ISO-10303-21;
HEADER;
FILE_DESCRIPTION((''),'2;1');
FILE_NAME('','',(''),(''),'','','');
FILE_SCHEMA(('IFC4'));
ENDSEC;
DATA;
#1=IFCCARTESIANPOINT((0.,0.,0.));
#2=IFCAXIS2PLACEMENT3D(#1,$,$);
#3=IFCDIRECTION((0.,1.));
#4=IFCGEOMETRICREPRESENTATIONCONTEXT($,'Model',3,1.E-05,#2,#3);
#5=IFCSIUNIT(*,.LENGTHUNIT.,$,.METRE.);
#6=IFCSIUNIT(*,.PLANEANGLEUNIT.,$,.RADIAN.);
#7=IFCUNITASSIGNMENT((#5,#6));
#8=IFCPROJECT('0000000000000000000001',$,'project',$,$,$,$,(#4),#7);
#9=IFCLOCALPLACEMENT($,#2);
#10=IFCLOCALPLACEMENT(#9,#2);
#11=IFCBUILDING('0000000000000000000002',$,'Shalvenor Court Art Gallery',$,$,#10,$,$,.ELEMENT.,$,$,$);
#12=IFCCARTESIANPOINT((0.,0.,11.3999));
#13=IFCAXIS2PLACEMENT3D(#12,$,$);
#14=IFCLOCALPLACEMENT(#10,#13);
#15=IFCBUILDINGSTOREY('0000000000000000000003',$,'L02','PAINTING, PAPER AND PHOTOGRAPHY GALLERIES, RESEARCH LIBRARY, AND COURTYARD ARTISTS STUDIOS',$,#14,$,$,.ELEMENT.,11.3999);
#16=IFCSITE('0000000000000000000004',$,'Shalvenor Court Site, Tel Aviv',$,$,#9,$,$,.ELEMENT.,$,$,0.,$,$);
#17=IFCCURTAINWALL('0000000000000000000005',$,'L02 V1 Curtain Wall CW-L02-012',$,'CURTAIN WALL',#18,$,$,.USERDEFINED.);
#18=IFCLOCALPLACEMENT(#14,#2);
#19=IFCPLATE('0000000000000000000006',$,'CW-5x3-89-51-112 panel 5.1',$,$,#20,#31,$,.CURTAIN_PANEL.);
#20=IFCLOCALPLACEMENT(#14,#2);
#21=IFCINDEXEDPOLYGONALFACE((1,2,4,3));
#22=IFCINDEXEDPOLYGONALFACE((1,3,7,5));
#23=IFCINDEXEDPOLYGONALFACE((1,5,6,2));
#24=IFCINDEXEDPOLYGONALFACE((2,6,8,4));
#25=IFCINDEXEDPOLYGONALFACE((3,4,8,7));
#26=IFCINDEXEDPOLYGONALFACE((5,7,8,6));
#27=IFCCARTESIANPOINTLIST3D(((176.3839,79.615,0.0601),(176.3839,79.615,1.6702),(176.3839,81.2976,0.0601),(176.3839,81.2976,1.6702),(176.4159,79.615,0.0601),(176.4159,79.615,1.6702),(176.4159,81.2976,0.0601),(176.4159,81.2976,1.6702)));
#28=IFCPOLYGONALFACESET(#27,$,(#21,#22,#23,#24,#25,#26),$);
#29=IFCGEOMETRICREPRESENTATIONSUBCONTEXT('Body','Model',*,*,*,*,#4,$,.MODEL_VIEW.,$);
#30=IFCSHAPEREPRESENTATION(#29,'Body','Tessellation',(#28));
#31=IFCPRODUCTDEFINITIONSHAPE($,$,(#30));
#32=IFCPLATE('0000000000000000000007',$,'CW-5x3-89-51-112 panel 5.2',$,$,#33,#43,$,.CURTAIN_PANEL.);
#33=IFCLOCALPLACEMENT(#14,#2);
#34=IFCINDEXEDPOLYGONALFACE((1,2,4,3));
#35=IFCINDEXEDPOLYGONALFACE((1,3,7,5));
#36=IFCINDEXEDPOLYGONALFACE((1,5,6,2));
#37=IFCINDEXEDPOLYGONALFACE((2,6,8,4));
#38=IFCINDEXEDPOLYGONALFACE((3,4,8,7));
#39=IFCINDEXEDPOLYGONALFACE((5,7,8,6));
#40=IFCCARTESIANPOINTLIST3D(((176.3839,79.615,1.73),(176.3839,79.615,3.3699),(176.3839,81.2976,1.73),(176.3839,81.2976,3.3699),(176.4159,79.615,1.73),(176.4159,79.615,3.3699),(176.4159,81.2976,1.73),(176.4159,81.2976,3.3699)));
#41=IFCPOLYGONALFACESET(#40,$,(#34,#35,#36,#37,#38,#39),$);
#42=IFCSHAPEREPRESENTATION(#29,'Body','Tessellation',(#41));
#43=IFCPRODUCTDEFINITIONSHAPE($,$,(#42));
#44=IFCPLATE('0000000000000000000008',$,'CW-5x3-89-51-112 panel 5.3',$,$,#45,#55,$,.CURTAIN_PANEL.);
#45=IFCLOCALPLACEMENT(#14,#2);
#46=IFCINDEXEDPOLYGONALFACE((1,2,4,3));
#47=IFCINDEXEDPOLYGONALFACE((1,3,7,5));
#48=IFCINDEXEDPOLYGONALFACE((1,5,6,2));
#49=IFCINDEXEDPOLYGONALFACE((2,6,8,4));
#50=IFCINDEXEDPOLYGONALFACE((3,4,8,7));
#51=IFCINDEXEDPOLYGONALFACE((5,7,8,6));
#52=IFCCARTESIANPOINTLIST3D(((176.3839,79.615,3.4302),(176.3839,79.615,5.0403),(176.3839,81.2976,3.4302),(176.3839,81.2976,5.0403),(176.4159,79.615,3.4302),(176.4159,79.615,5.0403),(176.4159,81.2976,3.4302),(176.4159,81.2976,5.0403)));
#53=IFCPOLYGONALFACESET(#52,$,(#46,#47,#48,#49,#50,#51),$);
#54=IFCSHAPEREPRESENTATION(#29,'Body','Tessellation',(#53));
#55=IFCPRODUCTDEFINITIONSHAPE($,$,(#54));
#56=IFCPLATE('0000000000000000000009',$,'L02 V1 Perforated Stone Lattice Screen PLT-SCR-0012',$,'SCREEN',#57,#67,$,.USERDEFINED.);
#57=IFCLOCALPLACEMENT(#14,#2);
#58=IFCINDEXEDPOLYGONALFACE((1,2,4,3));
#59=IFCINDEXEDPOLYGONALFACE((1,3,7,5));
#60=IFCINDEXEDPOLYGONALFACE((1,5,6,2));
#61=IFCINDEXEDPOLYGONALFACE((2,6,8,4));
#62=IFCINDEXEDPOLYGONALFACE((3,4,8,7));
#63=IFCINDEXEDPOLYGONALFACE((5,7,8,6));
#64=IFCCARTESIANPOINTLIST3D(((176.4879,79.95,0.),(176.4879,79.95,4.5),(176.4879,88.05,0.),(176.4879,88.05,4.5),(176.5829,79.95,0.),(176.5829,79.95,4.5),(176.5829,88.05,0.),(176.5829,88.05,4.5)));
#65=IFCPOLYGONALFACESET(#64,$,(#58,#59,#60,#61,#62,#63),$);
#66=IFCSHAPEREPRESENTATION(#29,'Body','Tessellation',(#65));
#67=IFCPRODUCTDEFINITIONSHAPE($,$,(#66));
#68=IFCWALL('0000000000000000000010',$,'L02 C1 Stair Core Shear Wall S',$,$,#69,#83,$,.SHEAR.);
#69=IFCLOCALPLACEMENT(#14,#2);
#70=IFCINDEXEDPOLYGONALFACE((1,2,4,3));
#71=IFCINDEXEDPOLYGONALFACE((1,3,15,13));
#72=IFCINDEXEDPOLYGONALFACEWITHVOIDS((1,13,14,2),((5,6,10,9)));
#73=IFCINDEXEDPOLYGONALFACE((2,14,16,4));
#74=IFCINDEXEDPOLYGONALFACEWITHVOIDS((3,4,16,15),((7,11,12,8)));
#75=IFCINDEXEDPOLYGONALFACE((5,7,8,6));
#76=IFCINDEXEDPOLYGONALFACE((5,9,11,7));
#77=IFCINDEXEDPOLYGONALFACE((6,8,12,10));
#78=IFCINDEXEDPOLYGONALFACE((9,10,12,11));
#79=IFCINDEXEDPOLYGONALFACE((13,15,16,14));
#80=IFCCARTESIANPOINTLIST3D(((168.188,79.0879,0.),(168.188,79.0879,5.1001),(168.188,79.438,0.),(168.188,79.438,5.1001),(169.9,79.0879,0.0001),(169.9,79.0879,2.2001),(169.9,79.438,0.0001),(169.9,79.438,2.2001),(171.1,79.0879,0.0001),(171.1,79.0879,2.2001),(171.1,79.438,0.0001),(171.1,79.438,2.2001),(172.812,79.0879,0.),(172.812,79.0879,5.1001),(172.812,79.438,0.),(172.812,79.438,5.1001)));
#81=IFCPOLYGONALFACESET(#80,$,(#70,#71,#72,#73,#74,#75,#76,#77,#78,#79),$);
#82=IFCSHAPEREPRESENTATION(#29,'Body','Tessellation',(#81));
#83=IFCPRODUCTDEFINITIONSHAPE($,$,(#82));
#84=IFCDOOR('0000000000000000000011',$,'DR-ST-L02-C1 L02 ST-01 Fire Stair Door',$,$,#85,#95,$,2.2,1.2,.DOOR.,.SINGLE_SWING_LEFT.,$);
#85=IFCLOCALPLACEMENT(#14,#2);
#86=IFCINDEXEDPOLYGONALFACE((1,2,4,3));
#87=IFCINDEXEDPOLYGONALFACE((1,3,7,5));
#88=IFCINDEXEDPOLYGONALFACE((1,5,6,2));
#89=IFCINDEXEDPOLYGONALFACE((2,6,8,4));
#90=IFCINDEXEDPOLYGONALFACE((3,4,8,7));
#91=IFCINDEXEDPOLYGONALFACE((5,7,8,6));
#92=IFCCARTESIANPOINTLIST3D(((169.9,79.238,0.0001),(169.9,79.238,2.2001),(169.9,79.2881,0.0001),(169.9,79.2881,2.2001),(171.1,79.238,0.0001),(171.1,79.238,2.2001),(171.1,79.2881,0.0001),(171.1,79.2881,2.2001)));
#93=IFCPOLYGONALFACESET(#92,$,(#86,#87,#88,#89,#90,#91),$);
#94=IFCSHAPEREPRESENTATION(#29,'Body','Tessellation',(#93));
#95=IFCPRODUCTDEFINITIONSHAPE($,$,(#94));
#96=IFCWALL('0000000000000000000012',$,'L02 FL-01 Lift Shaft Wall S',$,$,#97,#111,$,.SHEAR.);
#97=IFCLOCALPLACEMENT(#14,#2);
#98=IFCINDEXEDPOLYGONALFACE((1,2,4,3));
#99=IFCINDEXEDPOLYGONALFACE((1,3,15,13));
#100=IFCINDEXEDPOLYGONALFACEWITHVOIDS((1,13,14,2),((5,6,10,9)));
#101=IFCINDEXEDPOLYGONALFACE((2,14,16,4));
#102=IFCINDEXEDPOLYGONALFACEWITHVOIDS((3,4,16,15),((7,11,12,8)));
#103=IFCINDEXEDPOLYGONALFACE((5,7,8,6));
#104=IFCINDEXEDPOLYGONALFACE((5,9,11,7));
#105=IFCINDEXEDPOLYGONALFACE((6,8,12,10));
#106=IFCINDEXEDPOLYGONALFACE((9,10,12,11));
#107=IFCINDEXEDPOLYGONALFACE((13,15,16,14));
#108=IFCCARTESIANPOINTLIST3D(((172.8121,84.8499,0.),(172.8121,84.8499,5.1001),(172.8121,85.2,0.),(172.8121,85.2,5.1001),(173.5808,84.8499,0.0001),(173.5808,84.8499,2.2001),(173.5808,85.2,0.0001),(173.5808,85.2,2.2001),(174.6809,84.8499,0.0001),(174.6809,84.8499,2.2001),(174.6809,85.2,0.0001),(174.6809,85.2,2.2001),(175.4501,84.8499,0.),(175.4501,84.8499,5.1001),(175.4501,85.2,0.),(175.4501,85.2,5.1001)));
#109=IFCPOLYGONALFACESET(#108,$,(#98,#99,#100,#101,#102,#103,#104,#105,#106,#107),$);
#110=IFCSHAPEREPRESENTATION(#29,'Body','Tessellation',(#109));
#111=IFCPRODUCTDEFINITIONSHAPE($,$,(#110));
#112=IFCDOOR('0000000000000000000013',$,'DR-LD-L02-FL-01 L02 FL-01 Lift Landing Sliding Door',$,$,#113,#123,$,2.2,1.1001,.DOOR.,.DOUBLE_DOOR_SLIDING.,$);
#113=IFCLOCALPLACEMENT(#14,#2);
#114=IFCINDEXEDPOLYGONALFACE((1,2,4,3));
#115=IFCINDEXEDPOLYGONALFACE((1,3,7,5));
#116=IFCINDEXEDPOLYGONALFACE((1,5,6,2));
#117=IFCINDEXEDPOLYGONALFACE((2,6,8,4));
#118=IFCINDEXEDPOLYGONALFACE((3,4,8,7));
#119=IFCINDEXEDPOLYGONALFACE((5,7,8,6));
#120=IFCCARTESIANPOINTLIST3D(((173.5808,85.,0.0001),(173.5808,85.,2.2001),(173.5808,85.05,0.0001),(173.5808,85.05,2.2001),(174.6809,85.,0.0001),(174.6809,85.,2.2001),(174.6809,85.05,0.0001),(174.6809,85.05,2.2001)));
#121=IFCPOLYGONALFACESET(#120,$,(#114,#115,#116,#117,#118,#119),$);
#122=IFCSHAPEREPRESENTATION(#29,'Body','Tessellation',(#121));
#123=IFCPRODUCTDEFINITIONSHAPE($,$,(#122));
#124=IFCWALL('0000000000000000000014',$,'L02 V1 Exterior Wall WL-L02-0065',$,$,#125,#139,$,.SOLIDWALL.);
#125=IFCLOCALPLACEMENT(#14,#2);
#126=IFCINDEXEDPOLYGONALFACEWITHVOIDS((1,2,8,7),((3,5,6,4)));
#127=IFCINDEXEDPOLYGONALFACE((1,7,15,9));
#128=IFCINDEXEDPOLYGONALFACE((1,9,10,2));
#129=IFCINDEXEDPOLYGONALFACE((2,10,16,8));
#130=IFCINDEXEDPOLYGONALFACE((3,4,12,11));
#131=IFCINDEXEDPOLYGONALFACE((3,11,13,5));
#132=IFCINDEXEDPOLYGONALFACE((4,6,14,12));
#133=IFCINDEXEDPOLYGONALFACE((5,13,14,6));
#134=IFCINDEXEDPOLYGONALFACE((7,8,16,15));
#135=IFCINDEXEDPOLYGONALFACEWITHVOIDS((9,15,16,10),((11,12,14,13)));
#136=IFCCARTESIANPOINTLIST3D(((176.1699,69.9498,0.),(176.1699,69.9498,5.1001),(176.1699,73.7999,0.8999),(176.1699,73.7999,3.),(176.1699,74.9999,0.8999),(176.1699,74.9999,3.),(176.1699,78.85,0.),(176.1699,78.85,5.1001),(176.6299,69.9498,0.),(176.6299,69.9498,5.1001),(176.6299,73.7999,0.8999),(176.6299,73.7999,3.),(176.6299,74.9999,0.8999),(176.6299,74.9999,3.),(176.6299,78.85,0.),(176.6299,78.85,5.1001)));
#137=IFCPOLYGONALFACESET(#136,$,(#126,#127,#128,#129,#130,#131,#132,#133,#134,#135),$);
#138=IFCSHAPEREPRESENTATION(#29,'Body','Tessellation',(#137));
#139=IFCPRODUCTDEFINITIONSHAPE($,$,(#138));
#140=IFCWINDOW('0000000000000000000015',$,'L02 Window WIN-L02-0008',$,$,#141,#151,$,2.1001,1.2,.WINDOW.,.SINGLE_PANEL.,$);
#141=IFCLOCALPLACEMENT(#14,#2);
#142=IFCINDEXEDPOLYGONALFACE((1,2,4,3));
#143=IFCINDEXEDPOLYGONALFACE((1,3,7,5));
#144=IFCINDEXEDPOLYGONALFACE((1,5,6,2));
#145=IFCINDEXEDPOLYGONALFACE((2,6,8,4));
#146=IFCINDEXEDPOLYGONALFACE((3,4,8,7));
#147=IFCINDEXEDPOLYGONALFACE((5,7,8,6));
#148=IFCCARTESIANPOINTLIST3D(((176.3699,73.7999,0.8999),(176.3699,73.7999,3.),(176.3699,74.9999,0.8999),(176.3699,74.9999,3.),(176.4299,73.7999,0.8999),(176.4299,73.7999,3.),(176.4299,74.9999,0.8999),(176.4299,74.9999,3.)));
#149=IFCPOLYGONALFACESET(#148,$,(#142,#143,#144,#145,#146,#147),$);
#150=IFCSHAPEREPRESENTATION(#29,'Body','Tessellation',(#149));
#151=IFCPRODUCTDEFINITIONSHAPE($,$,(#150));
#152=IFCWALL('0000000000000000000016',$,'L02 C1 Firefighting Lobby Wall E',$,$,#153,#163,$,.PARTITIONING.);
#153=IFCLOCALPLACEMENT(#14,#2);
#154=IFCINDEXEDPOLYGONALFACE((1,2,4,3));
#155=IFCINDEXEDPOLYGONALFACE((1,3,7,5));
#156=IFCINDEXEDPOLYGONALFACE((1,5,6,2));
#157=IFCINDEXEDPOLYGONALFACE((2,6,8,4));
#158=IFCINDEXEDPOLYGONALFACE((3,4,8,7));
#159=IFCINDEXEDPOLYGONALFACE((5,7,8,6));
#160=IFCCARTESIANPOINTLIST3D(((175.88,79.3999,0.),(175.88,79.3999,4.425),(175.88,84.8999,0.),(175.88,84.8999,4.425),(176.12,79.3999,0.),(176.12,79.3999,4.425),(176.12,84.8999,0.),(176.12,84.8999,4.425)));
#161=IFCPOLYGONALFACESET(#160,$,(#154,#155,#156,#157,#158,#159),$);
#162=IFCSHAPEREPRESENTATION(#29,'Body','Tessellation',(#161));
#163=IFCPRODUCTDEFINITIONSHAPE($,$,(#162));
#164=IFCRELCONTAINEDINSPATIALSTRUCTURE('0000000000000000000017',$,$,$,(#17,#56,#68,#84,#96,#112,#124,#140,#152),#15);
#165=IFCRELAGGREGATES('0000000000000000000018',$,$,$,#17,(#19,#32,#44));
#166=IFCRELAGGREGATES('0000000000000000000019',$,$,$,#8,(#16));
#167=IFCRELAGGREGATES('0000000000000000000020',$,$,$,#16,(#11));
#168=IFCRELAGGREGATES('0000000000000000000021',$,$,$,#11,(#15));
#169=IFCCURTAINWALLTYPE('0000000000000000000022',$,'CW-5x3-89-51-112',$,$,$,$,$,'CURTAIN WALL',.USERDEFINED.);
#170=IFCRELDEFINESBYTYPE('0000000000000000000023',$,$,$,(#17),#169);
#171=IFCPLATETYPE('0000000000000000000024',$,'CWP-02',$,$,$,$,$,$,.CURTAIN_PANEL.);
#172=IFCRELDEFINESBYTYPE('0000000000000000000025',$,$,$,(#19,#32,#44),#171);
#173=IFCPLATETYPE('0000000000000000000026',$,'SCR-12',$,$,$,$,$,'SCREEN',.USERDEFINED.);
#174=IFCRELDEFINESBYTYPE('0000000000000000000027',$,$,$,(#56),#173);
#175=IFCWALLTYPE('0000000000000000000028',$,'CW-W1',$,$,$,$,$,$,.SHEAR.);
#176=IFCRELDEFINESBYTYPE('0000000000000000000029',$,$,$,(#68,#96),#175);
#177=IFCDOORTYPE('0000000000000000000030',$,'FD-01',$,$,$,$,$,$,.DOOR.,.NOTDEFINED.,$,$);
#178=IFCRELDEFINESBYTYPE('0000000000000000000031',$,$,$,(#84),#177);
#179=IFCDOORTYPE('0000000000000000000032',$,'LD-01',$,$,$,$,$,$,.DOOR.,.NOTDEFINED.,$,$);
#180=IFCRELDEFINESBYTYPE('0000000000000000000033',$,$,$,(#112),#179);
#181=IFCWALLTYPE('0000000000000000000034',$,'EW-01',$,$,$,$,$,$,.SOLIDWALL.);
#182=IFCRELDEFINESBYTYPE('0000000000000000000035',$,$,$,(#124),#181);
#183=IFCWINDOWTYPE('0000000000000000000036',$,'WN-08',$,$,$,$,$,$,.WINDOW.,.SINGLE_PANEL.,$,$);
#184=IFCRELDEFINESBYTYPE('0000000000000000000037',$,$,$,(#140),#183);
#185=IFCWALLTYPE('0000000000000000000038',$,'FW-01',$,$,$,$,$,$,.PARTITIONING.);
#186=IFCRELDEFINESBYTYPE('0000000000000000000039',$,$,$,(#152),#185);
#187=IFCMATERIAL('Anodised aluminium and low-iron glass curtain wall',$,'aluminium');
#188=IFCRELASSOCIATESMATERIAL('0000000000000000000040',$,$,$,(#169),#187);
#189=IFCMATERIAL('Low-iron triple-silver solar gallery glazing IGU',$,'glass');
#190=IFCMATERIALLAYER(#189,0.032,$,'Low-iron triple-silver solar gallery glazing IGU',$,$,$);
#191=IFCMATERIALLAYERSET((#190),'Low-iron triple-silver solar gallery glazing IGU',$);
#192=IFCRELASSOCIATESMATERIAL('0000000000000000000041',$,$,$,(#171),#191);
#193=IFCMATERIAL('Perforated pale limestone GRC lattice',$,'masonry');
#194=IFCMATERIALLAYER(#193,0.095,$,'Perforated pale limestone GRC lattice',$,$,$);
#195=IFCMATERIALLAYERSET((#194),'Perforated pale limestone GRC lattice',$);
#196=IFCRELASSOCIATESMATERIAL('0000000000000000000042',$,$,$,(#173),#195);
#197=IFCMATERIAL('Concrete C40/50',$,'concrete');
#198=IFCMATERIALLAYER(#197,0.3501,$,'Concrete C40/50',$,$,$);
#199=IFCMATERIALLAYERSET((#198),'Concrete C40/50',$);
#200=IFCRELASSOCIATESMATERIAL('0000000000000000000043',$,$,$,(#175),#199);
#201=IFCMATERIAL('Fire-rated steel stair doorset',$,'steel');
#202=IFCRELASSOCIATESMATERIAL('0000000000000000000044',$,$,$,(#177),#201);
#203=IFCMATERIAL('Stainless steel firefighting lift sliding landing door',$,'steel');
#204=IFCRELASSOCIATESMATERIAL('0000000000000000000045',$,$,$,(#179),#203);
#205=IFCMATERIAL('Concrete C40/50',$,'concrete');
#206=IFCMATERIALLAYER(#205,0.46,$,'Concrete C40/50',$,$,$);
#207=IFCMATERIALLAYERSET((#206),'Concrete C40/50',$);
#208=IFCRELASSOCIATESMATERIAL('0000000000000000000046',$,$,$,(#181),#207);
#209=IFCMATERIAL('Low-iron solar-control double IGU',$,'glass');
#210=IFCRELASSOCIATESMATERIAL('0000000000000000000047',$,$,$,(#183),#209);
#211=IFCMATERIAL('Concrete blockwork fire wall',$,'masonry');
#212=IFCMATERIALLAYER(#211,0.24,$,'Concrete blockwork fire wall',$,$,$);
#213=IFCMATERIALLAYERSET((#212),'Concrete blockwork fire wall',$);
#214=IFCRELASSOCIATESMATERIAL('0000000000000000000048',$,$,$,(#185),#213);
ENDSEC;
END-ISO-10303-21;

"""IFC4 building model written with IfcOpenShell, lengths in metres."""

from ifc_helpers import new_model, si_unit, direction, frame, frame_2d, origin, origin_2d, place, context, subcontext, project, spatial, rectangle, extrude, material, layer, layer_set, type_object, element, fill, aggregate, save


model = new_model("IFC4")

# Units and contexts
model_context = context("Model", 3, precision=1e-05, world=origin(), true_north=direction((0.0, 1.0)))
body_context = subcontext(model_context, "Body", "Model", "MODEL_VIEW")
ifc_project = project(units=[si_unit("LENGTHUNIT", "METRE"), si_unit("PLANEANGLEUNIT", "RADIAN")], contexts=[model_context])

# Site, building, storey
site_placement = place(None, origin())
site = spatial("IfcSite", under=ifc_project, at=site_placement, Name="Shalvenor Court Site, Tel Aviv", CompositionType="ELEMENT", RefElevation=0.0)
building_placement = place(site_placement, origin())
building = spatial("IfcBuilding", under=site, at=building_placement, Name="Shalvenor Court Art Gallery", CompositionType="ELEMENT")
storey_placement = place(building_placement, frame((0.0, 0.0, 11.3999)))
storey = spatial("IfcBuildingStorey", under=building, at=storey_placement, Name="L02", Description="PAINTING, PAPER AND PHOTOGRAPHY GALLERIES, RESEARCH LIBRARY, AND COURTYARD ARTISTS STUDIOS", CompositionType="ELEMENT", Elevation=11.3999)

# Curtain wall, plates
ifc_material_1 = material(Name="Anodised aluminium and low-iron glass curtain wall", Category="aluminium")
curtain_wall_type = type_object("IfcCurtainWallType", Name="CW-5x3-89-51-112", ElementType="CURTAIN WALL", PredefinedType="USERDEFINED", material=ifc_material_1)
curtain_wall_placement = place(storey_placement, origin())
curtain_wall = element("IfcCurtainWall", 1, at=curtain_wall_placement, inside=storey, type_object=curtain_wall_type, Name="L02 V1 Curtain Wall CW-L02-012", ObjectType="CURTAIN WALL", PredefinedType="USERDEFINED")
ifc_material_2 = material(Name="Low-iron triple-silver solar gallery glazing IGU", Category="glass")
ifc_layer_1 = layer(ifc_material_2, 0.032, Name="Low-iron triple-silver solar gallery glazing IGU")
ifc_layer_set_1 = layer_set([ifc_layer_1], Name="Low-iron triple-silver solar gallery glazing IGU")
plate_type_1 = type_object("IfcPlateType", Name="CWP-02", PredefinedType="CURTAIN_PANEL", material=ifc_layer_set_1)
plate_1_placement = place(storey_placement, frame((176.3999, 80.4563, 0.0601), z_axis=(0.0, 0.0, 1.0), x_axis=(0.0, -1.0, 0.0)))
plate_1 = element("IfcPlate", 2, at=plate_1_placement, type_object=plate_type_1, Name="CW-5x3-89-51-112 panel 5.1", PredefinedType="CURTAIN_PANEL", context=body_context, shape_type="SweptSolid", body=[
    extrude(rectangle(XDim=1.6826, YDim=0.032, at=origin_2d()), origin(), (0.0, 0.0, 1.0), 1.6101),
])
plate_2_placement = place(storey_placement, frame((176.3999, 80.4563, 1.73), z_axis=(0.0, 0.0, 1.0), x_axis=(0.0, -1.0, 0.0)))
plate_2 = element("IfcPlate", 3, at=plate_2_placement, type_object=plate_type_1, Name="CW-5x3-89-51-112 panel 5.2", PredefinedType="CURTAIN_PANEL", context=body_context, shape_type="SweptSolid", body=[
    extrude(rectangle(XDim=1.6826, YDim=0.032, at=origin_2d()), origin(), (0.0, 0.0, 1.0), 1.6399),
])
plate_3_placement = place(storey_placement, frame((176.3999, 80.4563, 3.4302), z_axis=(0.0, 0.0, 1.0), x_axis=(0.0, -1.0, 0.0)))
plate_3 = element("IfcPlate", 4, at=plate_3_placement, type_object=plate_type_1, Name="CW-5x3-89-51-112 panel 5.3", PredefinedType="CURTAIN_PANEL", context=body_context, shape_type="SweptSolid", body=[
    extrude(rectangle(XDim=1.6826, YDim=0.032, at=origin_2d()), origin(), (0.0, 0.0, 1.0), 1.6101),
])
aggregate(curtain_wall, [plate_1, plate_2, plate_3])

# Plate
ifc_material_3 = material(Name="Perforated pale limestone GRC lattice", Category="masonry")
ifc_layer_2 = layer(ifc_material_3, 0.095, Name="Perforated pale limestone GRC lattice")
ifc_layer_set_2 = layer_set([ifc_layer_2], Name="Perforated pale limestone GRC lattice")
plate_type_2 = type_object("IfcPlateType", Name="SCR-12", ElementType="SCREEN", PredefinedType="USERDEFINED", material=ifc_layer_set_2)
plate_4_placement = place(storey_placement, frame((176.5354, 84.0, 0.0), z_axis=(0.0, 0.0, 1.0), x_axis=(0.0, -1.0, 0.0)))
element("IfcPlate", 5, at=plate_4_placement, inside=storey, type_object=plate_type_2, Name="L02 V1 Perforated Stone Lattice Screen PLT-SCR-0012", ObjectType="SCREEN", PredefinedType="USERDEFINED", context=body_context, shape_type="SweptSolid", body=[
    extrude(rectangle(XDim=8.1001, YDim=0.095, at=origin_2d()), origin(), (0.0, 0.0, 1.0), 4.5),
])

# Walls, openings, doors
ifc_material_4 = material(Name="Concrete C40/50", Category="concrete")
ifc_layer_3 = layer(ifc_material_4, 0.3501, Name="Concrete C40/50")
ifc_layer_set_3 = layer_set([ifc_layer_3], Name="Concrete C40/50")
wall_type_1 = type_object("IfcWallType", Name="CW-W1", PredefinedType="SHEAR", material=ifc_layer_set_3)
wall_1_placement = place(storey_placement, frame((172.812, 79.2629, 0.0), z_axis=(0.0, 0.0, 1.0), x_axis=(-1.0, 0.0, 0.0)))
wall_1 = element("IfcWall", 6, at=wall_1_placement, inside=storey, type_object=wall_type_1, Name="L02 C1 Stair Core Shear Wall S", PredefinedType="SHEAR", context=body_context, shape_type="SweptSolid", body=[
    extrude(rectangle(XDim=4.624, YDim=0.3501, at=frame_2d((2.312, 0.0))), origin(), (0.0, 0.0, 1.0), 5.1001),
])
opening_1_placement = place(wall_1_placement, frame((1.7119, 0.0, 0.0)))
opening_1 = element("IfcOpeningElement", 7, at=opening_1_placement, cuts=wall_1, PredefinedType="OPENING", context=body_context, shape_type="SweptSolid", body=[
    extrude(rectangle(XDim=1.2, YDim=2.2, at=frame_2d((0.6001, 1.1001))), frame((0.0, 0.1851, 0.0), z_axis=(0.0, -1.0, 0.0), x_axis=(1.0, 0.0, 0.0)), (0.0, 0.0, 1.0), 0.3701),
])
ifc_material_5 = material(Name="Fire-rated steel stair doorset", Category="steel")
door_type_1 = type_object("IfcDoorType", Name="FD-01", OperationType="NOTDEFINED", PredefinedType="DOOR", material=ifc_material_5)
door_1_placement = place(opening_1_placement, origin())
door_1 = element("IfcDoor", 8, at=door_1_placement, inside=storey, type_object=door_type_1, Name="DR-ST-L02-C1 L02 ST-01 Fire Stair Door", OperationType="SINGLE_SWING_LEFT", OverallHeight=2.2, OverallWidth=1.2, PredefinedType="DOOR", context=body_context, shape_type="SweptSolid", body=[
    extrude(rectangle(XDim=1.2, YDim=2.2, at=frame_2d((0.6001, 1.1001))), frame((0.0, 0.0249, 0.0), z_axis=(0.0, -1.0, 0.0), x_axis=(1.0, 0.0, 0.0)), (0.0, 0.0, 1.0), 0.05),
])
fill(opening_1, door_1)
wall_2_placement = place(storey_placement, frame((175.45, 85.0249, 0.0), z_axis=(0.0, 0.0, 1.0), x_axis=(-1.0, 0.0, 0.0)))
wall_2 = element("IfcWall", 9, at=wall_2_placement, inside=storey, type_object=wall_type_1, Name="L02 FL-01 Lift Shaft Wall S", PredefinedType="SHEAR", context=body_context, shape_type="SweptSolid", body=[
    extrude(rectangle(XDim=2.6379, YDim=0.3501, at=frame_2d((1.3188, 0.0))), origin(), (0.0, 0.0, 1.0), 5.1001),
])
opening_2_placement = place(wall_2_placement, frame((0.769, 0.0, 0.0)))
opening_2 = element("IfcOpeningElement", 10, at=opening_2_placement, cuts=wall_2, PredefinedType="OPENING", context=body_context, shape_type="SweptSolid", body=[
    extrude(rectangle(XDim=1.1001, YDim=2.2, at=frame_2d((0.55, 1.1001))), frame((0.0, 0.1851, 0.0), z_axis=(0.0, -1.0, 0.0), x_axis=(1.0, 0.0, 0.0)), (0.0, 0.0, 1.0), 0.3701),
])
ifc_material_6 = material(Name="Stainless steel firefighting lift sliding landing door", Category="steel")
door_type_2 = type_object("IfcDoorType", Name="LD-01", OperationType="NOTDEFINED", PredefinedType="DOOR", material=ifc_material_6)
door_2_placement = place(opening_2_placement, origin())
door_2 = element("IfcDoor", 11, at=door_2_placement, inside=storey, type_object=door_type_2, Name="DR-LD-L02-FL-01 L02 FL-01 Lift Landing Sliding Door", OperationType="DOUBLE_DOOR_SLIDING", OverallHeight=2.2, OverallWidth=1.1001, PredefinedType="DOOR", context=body_context, shape_type="SweptSolid", body=[
    extrude(rectangle(XDim=1.1001, YDim=2.2, at=frame_2d((0.55, 1.1001))), frame((0.0, 0.0249, 0.0), z_axis=(0.0, -1.0, 0.0), x_axis=(1.0, 0.0, 0.0)), (0.0, 0.0, 1.0), 0.05),
])
fill(opening_2, door_2)

# Wall, opening, window
ifc_material_7 = material(Name="Concrete C40/50", Category="concrete")
ifc_layer_4 = layer(ifc_material_7, 0.46, Name="Concrete C40/50")
ifc_layer_set_4 = layer_set([ifc_layer_4], Name="Concrete C40/50")
wall_type_2 = type_object("IfcWallType", Name="EW-01", PredefinedType="SOLIDWALL", material=ifc_layer_set_4)
wall_3_placement = place(storey_placement, frame((176.3999, 78.8501, 0.0), z_axis=(0.0, 0.0, 1.0), x_axis=(0.0, -1.0, 0.0)))
wall_3 = element("IfcWall", 12, at=wall_3_placement, inside=storey, type_object=wall_type_2, Name="L02 V1 Exterior Wall WL-L02-0065", PredefinedType="SOLIDWALL", context=body_context, shape_type="SweptSolid", body=[
    extrude(rectangle(XDim=8.9001, YDim=0.46, at=frame_2d((4.4502, 0.0))), origin(), (0.0, 0.0, 1.0), 5.1001),
])
opening_3_placement = place(wall_3_placement, frame((3.8501, 0.0, 0.8999)))
opening_3 = element("IfcOpeningElement", 13, at=opening_3_placement, cuts=wall_3, PredefinedType="OPENING", context=body_context, shape_type="SweptSolid", body=[
    extrude(rectangle(XDim=1.2, YDim=2.1001, at=frame_2d((0.6001, 1.05))), frame((0.0, 0.24, 0.0), z_axis=(0.0, -1.0, 0.0), x_axis=(1.0, 0.0, 0.0)), (0.0, 0.0, 1.0), 0.48),
])
ifc_material_8 = material(Name="Low-iron solar-control double IGU", Category="glass")
window_type = type_object("IfcWindowType", Name="WN-08", PartitioningType="SINGLE_PANEL", PredefinedType="WINDOW", material=ifc_material_8)
window_placement = place(opening_3_placement, origin())
window = element("IfcWindow", 14, at=window_placement, inside=storey, type_object=window_type, Name="L02 Window WIN-L02-0008", OverallHeight=2.1001, OverallWidth=1.2, PartitioningType="SINGLE_PANEL", PredefinedType="WINDOW", context=body_context, shape_type="SweptSolid", body=[
    extrude(rectangle(XDim=1.2, YDim=2.1001, at=frame_2d((0.6001, 1.05))), frame((0.0, 0.03, 0.0), z_axis=(0.0, -1.0, 0.0), x_axis=(1.0, 0.0, 0.0)), (0.0, 0.0, 1.0), 0.0601),
])
fill(opening_3, window)

# Wall
ifc_material_9 = material(Name="Concrete blockwork fire wall", Category="masonry")
ifc_layer_5 = layer(ifc_material_9, 0.24, Name="Concrete blockwork fire wall")
ifc_layer_set_5 = layer_set([ifc_layer_5], Name="Concrete blockwork fire wall")
wall_type_3 = type_object("IfcWallType", Name="FW-01", PredefinedType="PARTITIONING", material=ifc_layer_set_5)
wall_4_placement = place(storey_placement, frame((176.0, 84.8999, 0.0), z_axis=(0.0, 0.0, 1.0), x_axis=(0.0, -1.0, 0.0)))
element("IfcWall", 15, at=wall_4_placement, inside=storey, type_object=wall_type_3, Name="L02 C1 Firefighting Lobby Wall E", PredefinedType="PARTITIONING", context=body_context, shape_type="SweptSolid", body=[
    extrude(rectangle(XDim=5.5, YDim=0.24, at=frame_2d((2.75, 0.0))), origin(), (0.0, 0.0, 1.0), 4.425),
])

save(model, "model.ifc")
